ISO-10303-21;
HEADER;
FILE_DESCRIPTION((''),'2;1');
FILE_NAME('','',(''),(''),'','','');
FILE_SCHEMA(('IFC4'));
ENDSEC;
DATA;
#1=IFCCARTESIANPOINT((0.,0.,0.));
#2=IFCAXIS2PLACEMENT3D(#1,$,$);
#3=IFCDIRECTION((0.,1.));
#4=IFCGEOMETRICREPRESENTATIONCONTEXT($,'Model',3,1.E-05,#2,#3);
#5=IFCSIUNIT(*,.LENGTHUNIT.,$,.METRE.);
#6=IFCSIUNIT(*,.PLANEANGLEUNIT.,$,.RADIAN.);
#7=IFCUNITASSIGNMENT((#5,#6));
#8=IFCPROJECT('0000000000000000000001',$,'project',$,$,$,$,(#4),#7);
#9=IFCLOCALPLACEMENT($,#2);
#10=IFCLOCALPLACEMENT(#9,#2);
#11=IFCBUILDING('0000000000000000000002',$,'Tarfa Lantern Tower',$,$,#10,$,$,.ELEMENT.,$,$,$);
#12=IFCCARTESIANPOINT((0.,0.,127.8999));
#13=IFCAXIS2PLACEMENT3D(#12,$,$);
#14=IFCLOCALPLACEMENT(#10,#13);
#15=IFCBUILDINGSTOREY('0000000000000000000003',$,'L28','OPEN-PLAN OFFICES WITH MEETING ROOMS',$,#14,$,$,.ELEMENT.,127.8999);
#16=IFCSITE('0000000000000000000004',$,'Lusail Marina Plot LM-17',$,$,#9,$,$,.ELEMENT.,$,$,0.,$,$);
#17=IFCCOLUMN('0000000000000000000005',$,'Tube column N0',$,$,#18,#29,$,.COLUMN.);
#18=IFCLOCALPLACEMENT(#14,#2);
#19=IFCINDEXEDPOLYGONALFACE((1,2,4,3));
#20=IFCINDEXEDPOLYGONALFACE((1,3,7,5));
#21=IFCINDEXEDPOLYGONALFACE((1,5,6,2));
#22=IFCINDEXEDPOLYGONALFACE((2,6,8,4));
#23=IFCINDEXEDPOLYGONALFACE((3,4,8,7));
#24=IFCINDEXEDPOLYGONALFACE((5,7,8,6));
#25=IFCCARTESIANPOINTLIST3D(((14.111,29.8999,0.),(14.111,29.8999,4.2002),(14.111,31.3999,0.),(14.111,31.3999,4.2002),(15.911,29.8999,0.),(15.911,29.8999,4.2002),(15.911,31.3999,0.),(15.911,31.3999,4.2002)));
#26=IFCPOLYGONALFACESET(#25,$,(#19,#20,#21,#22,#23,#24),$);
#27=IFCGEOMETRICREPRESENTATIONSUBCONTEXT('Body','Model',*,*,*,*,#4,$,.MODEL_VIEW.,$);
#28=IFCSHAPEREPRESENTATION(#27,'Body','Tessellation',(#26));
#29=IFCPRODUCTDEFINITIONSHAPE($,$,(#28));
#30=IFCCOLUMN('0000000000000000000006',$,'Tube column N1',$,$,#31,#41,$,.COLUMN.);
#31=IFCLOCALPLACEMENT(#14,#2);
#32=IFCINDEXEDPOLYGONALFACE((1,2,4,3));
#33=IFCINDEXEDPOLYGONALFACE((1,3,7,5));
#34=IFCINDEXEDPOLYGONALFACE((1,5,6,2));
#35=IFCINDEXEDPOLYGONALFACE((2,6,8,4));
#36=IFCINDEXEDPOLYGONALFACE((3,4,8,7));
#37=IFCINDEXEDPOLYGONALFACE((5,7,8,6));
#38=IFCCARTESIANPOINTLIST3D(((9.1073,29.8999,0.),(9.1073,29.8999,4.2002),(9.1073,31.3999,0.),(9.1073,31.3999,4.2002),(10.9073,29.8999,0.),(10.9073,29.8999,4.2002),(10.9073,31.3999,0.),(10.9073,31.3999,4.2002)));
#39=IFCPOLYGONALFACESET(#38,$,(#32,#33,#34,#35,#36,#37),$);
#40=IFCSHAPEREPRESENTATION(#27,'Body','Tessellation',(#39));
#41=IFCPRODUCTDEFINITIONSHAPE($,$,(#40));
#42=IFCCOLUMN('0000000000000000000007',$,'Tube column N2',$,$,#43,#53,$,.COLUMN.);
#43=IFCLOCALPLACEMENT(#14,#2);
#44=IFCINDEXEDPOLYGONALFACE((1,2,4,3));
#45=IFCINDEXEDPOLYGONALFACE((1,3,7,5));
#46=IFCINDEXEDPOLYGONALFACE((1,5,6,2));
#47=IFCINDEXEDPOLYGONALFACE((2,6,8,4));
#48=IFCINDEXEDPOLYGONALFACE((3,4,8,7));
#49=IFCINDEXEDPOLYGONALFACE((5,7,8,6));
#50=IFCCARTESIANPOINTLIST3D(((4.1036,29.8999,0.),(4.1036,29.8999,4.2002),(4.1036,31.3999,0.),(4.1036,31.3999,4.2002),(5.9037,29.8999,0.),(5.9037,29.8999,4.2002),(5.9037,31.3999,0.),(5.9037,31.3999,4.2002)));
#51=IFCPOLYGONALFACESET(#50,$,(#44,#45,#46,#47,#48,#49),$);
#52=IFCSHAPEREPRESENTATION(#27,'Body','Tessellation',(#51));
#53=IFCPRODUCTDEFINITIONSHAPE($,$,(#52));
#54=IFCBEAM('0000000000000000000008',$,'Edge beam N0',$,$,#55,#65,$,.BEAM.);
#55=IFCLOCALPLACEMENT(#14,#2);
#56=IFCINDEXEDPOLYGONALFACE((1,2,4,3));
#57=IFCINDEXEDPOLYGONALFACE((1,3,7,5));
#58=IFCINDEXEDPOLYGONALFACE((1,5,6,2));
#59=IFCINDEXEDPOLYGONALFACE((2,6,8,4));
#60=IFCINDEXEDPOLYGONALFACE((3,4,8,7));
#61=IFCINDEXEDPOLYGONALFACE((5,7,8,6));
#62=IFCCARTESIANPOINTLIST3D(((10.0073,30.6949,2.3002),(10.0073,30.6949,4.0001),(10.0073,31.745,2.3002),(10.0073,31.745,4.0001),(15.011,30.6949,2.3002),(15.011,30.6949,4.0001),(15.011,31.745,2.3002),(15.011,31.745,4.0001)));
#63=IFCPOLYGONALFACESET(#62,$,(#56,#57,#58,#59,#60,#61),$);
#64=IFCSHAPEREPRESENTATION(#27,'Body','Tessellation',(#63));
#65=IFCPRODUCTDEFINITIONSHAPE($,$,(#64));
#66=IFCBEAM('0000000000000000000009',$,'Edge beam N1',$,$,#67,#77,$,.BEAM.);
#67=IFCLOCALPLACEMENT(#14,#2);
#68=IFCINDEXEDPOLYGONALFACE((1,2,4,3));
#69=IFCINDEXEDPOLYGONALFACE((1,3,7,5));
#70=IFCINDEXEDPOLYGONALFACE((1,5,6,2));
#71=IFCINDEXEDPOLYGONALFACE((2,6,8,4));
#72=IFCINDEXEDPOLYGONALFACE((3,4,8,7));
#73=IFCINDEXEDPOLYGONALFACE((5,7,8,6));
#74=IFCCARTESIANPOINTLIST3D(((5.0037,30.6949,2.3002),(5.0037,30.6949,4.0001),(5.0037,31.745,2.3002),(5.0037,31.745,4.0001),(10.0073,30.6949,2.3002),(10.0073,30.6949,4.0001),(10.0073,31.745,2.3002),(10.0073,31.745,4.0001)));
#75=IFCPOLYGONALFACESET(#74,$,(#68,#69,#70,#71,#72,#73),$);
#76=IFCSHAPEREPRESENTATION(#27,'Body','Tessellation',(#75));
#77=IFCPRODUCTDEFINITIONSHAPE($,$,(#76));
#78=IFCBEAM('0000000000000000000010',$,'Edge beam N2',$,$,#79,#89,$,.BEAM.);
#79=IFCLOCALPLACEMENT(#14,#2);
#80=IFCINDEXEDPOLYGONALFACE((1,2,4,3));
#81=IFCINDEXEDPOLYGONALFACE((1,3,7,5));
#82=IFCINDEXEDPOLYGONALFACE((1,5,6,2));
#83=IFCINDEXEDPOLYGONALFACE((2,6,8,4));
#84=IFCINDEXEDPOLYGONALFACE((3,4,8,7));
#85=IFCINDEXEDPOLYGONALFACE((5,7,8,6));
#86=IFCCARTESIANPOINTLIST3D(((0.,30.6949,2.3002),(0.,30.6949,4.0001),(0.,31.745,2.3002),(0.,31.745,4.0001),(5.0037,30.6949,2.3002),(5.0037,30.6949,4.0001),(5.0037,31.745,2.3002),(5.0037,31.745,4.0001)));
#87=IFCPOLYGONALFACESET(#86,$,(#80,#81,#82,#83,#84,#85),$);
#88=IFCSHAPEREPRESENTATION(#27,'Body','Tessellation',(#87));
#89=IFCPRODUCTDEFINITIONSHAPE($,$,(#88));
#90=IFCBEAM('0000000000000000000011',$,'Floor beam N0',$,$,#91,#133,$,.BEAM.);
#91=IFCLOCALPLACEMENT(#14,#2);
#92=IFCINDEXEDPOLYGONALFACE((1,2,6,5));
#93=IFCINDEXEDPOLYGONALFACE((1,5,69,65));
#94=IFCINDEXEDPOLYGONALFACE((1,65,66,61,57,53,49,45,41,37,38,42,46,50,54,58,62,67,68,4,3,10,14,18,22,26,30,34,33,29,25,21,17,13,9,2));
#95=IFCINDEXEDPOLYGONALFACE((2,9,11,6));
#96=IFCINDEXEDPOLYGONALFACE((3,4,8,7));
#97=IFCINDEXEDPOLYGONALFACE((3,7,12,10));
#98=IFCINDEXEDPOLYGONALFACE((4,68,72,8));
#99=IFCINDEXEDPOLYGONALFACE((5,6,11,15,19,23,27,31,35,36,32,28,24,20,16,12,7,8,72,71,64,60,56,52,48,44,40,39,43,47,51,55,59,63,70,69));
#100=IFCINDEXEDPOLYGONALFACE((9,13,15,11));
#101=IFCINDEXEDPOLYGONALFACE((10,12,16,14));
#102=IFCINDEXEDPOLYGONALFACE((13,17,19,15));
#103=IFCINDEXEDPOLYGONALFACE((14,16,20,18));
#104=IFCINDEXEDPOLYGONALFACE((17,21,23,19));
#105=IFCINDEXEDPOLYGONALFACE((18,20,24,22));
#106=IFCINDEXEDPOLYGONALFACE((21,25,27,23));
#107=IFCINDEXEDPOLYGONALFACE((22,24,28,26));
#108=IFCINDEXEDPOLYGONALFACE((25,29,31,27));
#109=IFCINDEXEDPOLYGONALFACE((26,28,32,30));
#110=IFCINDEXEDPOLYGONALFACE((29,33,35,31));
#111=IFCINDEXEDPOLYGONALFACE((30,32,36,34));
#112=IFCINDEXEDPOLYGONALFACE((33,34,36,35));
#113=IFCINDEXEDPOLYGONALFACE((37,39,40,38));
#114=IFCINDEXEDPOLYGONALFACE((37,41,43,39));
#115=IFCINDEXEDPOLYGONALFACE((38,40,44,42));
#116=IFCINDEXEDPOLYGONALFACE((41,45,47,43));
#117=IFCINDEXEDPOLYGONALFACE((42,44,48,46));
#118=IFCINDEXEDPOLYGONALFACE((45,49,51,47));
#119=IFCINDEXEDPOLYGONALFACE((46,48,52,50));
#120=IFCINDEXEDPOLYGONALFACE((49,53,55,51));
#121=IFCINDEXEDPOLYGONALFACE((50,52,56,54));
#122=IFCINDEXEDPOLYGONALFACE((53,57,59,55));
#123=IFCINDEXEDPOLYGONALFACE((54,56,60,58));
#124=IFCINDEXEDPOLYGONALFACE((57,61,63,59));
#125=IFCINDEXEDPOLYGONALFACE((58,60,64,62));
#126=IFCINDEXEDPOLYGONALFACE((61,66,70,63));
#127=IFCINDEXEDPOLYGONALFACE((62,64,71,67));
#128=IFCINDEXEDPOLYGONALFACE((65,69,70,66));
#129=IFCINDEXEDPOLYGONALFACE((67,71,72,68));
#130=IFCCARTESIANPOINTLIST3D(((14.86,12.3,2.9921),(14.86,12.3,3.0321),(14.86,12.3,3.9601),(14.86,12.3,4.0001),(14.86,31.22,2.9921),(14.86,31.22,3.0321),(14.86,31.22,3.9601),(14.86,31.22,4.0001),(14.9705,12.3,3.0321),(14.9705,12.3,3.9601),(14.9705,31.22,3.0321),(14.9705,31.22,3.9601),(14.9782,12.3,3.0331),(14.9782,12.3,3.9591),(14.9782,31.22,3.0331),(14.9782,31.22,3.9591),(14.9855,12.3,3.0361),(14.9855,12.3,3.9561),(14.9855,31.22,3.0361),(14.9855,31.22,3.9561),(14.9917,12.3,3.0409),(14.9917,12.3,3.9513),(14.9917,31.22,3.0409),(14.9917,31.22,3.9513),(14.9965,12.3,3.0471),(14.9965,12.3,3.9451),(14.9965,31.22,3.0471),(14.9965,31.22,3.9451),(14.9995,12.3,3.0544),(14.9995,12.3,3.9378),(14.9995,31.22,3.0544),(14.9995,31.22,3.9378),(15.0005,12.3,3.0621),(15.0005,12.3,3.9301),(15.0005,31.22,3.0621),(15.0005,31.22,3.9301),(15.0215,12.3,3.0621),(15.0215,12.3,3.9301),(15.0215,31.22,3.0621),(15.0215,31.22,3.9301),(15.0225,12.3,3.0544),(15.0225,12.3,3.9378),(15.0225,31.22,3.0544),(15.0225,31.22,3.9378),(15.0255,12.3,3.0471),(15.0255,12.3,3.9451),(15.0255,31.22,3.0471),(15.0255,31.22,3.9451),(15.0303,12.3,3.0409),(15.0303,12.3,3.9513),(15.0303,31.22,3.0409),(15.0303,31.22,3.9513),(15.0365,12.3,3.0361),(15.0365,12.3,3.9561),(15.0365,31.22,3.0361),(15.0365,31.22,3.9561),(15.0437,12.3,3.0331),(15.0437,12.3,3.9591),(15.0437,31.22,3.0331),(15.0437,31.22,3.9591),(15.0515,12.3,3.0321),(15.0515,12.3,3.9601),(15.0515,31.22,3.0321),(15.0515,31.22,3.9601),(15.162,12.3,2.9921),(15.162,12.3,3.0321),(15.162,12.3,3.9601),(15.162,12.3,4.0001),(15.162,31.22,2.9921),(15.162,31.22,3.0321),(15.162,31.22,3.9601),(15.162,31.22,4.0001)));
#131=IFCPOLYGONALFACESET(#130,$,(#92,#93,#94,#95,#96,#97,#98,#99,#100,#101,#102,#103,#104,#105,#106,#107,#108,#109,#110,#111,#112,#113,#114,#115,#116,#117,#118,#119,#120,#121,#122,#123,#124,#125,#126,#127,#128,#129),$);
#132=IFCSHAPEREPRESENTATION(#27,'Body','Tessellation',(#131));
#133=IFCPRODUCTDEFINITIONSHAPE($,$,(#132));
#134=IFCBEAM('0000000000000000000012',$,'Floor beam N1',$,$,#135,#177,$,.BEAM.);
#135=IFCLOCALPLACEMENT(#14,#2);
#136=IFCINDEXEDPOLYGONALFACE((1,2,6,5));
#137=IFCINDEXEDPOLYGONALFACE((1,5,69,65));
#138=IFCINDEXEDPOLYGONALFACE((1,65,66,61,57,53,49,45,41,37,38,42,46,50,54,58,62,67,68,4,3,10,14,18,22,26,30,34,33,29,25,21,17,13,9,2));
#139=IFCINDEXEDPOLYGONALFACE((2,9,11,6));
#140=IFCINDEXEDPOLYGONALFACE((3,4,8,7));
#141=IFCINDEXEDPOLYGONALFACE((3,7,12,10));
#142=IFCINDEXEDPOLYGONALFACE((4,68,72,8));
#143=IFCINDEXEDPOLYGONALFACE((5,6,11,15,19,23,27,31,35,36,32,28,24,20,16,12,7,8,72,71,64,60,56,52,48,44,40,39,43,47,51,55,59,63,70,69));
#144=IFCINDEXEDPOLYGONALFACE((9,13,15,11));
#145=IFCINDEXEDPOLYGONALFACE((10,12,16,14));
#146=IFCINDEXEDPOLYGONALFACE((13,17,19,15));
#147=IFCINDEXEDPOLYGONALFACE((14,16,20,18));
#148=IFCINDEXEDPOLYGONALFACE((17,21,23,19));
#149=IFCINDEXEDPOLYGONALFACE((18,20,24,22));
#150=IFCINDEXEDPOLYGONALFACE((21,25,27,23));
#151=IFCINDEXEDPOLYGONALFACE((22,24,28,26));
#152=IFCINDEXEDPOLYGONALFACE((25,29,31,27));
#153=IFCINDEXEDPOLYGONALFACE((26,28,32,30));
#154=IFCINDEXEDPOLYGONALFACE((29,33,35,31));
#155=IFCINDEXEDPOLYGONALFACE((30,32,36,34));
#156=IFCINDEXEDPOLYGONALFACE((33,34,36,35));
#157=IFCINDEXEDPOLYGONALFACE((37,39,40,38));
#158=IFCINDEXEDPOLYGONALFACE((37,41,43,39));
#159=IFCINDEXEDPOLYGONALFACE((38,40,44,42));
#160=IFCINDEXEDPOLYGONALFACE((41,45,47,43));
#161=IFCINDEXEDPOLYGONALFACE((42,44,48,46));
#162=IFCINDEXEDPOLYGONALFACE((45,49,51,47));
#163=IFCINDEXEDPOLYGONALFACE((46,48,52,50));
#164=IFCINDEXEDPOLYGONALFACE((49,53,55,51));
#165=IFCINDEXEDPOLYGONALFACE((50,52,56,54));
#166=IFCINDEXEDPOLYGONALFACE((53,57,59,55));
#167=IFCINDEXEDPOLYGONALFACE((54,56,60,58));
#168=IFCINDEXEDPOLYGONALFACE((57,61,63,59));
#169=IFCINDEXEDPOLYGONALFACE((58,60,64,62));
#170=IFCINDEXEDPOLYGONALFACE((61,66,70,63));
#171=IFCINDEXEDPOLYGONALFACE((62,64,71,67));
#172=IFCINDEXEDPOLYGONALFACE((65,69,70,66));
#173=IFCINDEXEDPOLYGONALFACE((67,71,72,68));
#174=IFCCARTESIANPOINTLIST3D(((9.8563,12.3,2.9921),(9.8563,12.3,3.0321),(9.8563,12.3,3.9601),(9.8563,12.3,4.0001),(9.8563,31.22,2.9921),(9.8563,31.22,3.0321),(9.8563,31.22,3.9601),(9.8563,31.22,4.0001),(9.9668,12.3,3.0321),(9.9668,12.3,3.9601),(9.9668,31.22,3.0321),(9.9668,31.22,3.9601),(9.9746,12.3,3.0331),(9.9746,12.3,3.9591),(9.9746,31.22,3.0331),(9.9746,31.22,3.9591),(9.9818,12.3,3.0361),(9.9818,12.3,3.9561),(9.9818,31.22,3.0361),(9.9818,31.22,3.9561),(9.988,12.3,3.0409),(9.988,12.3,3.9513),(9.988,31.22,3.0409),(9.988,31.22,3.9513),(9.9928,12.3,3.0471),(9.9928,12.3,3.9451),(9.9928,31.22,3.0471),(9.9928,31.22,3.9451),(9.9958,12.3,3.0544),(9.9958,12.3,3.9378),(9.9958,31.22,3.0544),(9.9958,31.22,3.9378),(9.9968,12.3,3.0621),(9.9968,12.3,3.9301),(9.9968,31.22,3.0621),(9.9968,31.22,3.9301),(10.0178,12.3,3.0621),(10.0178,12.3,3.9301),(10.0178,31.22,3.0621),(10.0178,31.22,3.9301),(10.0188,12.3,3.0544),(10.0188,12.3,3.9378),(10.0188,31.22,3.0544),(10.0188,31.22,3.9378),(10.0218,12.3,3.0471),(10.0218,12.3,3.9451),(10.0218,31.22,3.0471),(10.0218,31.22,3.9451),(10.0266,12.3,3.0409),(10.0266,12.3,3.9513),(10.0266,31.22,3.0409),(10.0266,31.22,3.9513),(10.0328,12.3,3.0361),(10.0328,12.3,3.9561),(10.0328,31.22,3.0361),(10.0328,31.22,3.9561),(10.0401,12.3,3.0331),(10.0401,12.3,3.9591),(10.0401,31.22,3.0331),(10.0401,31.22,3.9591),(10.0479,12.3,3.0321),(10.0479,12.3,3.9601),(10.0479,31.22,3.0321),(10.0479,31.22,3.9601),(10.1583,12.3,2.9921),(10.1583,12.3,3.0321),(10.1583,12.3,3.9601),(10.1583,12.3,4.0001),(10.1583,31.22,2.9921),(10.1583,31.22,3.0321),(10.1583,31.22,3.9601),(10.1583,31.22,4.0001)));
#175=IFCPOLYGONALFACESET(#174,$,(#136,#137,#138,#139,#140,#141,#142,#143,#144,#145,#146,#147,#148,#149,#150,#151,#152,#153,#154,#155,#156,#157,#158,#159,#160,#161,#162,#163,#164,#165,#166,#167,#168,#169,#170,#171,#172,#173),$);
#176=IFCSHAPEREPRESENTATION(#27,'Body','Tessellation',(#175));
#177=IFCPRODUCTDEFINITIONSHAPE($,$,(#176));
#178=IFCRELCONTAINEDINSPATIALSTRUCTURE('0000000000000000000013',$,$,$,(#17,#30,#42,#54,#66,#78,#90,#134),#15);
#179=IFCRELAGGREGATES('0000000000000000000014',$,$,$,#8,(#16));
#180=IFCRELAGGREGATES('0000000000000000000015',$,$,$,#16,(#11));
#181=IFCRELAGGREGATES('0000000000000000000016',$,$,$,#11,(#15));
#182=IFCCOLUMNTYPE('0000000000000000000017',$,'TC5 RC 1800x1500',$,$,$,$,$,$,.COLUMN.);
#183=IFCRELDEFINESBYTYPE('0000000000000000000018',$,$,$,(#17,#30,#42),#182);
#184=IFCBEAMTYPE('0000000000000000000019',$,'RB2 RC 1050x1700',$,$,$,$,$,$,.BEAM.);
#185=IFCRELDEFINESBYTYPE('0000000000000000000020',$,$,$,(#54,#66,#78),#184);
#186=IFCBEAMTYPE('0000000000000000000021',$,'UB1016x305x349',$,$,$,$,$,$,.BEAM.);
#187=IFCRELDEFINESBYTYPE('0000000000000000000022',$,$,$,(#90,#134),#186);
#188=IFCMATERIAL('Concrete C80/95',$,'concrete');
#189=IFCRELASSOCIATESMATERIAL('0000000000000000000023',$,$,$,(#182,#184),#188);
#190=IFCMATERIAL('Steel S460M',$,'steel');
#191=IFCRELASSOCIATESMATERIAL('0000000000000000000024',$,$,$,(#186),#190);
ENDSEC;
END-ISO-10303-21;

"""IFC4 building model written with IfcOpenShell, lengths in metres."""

from ifc_helpers import new_model, si_unit, direction, frame, origin, origin_2d, place, context, subcontext, project, spatial, rectangle, i_section, extrude, material, material_profile, profile_set, type_object, element, save


model = new_model("IFC4")

# Units and contexts
model_context = context("Model", 3, precision=1e-05, world=origin(), true_north=direction((0.0, 1.0)))
body_context = subcontext(model_context, "Body", "Model", "MODEL_VIEW")
ifc_project = project(units=[si_unit("LENGTHUNIT", "METRE"), si_unit("PLANEANGLEUNIT", "RADIAN")], contexts=[model_context])

# Site, building, storey
site_placement = place(None, origin())
site = spatial("IfcSite", under=ifc_project, at=site_placement, Name="Lusail Marina Plot LM-17", CompositionType="ELEMENT", RefElevation=0.0)
building_placement = place(site_placement, origin())
building = spatial("IfcBuilding", under=site, at=building_placement, Name="Tarfa Lantern Tower", CompositionType="ELEMENT")
storey_placement = place(building_placement, frame((0.0, 0.0, 127.8999)))
storey = spatial("IfcBuildingStorey", under=building, at=storey_placement, Name="L28", Description="OPEN-PLAN OFFICES WITH MEETING ROOMS", CompositionType="ELEMENT", Elevation=127.8999)

# Columns
ifc_material_1 = material(Name="Concrete C80/95", Category="concrete")
ifc_material_profile_1 = material_profile(ifc_material_1, rectangle(XDim=1.8, YDim=1.5, at=origin_2d()), Name="RC 1800x1500")
ifc_profile_set_1 = profile_set([ifc_material_profile_1], Name="Concrete C80/95")
column_type = type_object("IfcColumnType", Name="TC5 RC 1800x1500", PredefinedType="COLUMN", material=ifc_profile_set_1)
for number, where, z_axis, x_axis, name in (
    (1, (15.011, 30.6499, 0.0), (0.0, 0.0, 1.0), (-1.0, 0.0, 0.0), "Tube column N0"),
    (2, (10.0073, 30.6499, 0.0), (0.0, 0.0, 1.0), (-1.0, 0.0, 0.0), "Tube column N1"),
    (3, (5.0037, 30.6499, 0.0), (0.0, 0.0, 1.0), (-1.0, 0.0, 0.0), "Tube column N2"),
):
    element("IfcColumn", number, at=place(storey_placement, frame(where, z_axis=z_axis, x_axis=x_axis)), inside=storey, type_object=column_type, Name=name, PredefinedType="COLUMN", context=body_context, shape_type="SweptSolid", body=[
        extrude(rectangle(XDim=1.8, YDim=1.5, at=origin_2d()), origin(), (0.0, 0.0, 1.0), 4.2002),
    ])

# Beams
ifc_material_profile_2 = material_profile(ifc_material_1, rectangle(XDim=1.05, YDim=1.7, at=origin_2d()), Name="RC 1050x1700")
ifc_profile_set_2 = profile_set([ifc_material_profile_2], Name="Concrete C80/95")
beam_type_1 = type_object("IfcBeamType", Name="RB2 RC 1050x1700", PredefinedType="BEAM", material=ifc_profile_set_2)
for number, where, z_axis, x_axis, name in (
    (4, (15.011, 31.22, 3.1501), (-1.0, 0.0, 0.0), (0.0, -1.0, 0.0), "Edge beam N0"),
    (5, (10.0073, 31.22, 3.1501), (-1.0, 0.0, 0.0), (0.0, -1.0, 0.0), "Edge beam N1"),
    (6, (5.0037, 31.22, 3.1501), (-1.0, 0.0, 0.0), (0.0, -1.0, 0.0), "Edge beam N2"),
):
    element("IfcBeam", number, at=place(storey_placement, frame(where, z_axis=z_axis, x_axis=x_axis)), inside=storey, type_object=beam_type_1, Name=name, PredefinedType="BEAM", context=body_context, shape_type="SweptSolid", body=[
        extrude(rectangle(XDim=1.05, YDim=1.7, at=origin_2d()), origin(), (0.0, 0.0, 1.0), 5.0037),
    ])
ifc_material_2 = material(Name="Steel S460M", Category="steel")
ifc_material_profile_3 = material_profile(ifc_material_2, i_section(OverallWidth=0.302, OverallDepth=1.0081, WebThickness=0.021, FlangeThickness=0.04, FilletRadius=0.03, at=origin_2d()), Name="UB1016x305x349")
ifc_profile_set_3 = profile_set([ifc_material_profile_3], Name="Steel S460M")
beam_type_2 = type_object("IfcBeamType", Name="UB1016x305x349", PredefinedType="BEAM", material=ifc_profile_set_3)
for number, where, z_axis, x_axis, name in (
    (7, (15.011, 31.22, 3.4961), (0.0, -1.0, 0.0), (1.0, 0.0, 0.0), "Floor beam N0"),
    (8, (10.0073, 31.22, 3.4961), (0.0, -1.0, 0.0), (1.0, 0.0, 0.0), "Floor beam N1"),
):
    element("IfcBeam", number, at=place(storey_placement, frame(where, z_axis=z_axis, x_axis=x_axis)), inside=storey, type_object=beam_type_2, Name=name, PredefinedType="BEAM", context=body_context, shape_type="SweptSolid", body=[
        extrude(i_section(OverallWidth=0.302, OverallDepth=1.0081, WebThickness=0.021, FlangeThickness=0.04, FilletRadius=0.03, at=origin_2d()), origin(), (0.0, 0.0, 1.0), 18.9199),
    ])

save(model, "model.ifc")
